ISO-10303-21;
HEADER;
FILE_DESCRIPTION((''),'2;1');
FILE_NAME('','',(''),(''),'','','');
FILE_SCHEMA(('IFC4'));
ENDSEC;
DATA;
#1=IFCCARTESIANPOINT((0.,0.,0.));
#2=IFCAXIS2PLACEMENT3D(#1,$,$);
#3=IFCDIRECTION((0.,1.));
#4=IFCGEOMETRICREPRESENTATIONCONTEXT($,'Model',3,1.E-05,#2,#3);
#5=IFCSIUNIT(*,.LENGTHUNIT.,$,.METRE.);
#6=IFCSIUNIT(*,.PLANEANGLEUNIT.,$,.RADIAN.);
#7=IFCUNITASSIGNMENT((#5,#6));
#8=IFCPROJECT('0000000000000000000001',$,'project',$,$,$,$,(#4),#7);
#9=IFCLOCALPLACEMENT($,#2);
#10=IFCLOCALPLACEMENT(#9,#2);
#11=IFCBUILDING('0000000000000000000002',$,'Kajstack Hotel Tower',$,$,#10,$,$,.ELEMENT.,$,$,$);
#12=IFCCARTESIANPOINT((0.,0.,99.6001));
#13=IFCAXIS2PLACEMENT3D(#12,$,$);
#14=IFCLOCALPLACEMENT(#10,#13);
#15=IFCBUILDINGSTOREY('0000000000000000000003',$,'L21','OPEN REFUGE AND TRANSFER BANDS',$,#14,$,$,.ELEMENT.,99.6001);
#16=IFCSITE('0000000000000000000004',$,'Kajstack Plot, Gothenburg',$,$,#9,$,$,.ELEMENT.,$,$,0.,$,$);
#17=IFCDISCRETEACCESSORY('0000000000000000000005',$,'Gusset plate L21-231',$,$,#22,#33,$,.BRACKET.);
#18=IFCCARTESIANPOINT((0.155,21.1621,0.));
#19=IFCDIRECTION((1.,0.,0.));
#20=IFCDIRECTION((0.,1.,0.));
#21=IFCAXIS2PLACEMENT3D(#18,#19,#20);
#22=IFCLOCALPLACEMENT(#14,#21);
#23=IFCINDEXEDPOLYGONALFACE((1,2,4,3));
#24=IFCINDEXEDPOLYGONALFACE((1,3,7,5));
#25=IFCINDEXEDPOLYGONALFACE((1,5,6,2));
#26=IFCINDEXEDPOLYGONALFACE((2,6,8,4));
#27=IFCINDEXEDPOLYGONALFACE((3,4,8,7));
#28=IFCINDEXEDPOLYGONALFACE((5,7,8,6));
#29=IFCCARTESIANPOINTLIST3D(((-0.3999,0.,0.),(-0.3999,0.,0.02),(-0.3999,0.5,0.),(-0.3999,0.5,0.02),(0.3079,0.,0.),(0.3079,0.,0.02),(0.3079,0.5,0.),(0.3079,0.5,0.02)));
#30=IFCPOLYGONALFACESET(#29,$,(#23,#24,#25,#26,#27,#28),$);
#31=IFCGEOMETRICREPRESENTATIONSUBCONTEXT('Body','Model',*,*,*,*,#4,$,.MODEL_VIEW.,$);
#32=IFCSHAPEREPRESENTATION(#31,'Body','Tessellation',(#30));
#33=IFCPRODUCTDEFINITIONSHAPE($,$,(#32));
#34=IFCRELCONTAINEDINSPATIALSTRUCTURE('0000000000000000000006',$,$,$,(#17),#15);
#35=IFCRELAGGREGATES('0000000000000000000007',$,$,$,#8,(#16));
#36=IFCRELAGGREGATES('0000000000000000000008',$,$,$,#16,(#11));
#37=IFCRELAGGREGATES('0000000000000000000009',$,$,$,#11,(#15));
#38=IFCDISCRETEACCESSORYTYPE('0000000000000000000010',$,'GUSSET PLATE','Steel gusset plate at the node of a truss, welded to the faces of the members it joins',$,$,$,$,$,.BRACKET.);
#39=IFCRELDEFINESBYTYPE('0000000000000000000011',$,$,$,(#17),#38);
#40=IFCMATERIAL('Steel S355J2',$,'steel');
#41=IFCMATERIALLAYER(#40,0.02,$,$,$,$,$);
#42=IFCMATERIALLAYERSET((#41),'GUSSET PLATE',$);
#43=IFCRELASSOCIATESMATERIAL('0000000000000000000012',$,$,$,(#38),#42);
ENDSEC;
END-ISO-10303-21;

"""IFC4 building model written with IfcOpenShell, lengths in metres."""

from ifc_helpers import new_model, si_unit, direction, frame, origin, place, context, subcontext, project, spatial, polyline, outline, extrude, material, layer, layer_set, type_object, element, save


model = new_model("IFC4")

# Units and contexts
model_context = context("Model", 3, precision=1e-05, world=origin(), true_north=direction((0.0, 1.0)))
body_context = subcontext(model_context, "Body", "Model", "MODEL_VIEW")
ifc_project = project(units=[si_unit("LENGTHUNIT", "METRE"), si_unit("PLANEANGLEUNIT", "RADIAN")], contexts=[model_context])

# Site, building, storey
site_placement = place(None, origin())
site = spatial("IfcSite", under=ifc_project, at=site_placement, Name="Kajstack Plot, Gothenburg", CompositionType="ELEMENT", RefElevation=0.0)
building_placement = place(site_placement, origin())
building = spatial("IfcBuilding", under=site, at=building_placement, Name="Kajstack Hotel Tower", CompositionType="ELEMENT")
storey_placement = place(building_placement, frame((0.0, 0.0, 99.6001)))
storey = spatial("IfcBuildingStorey", under=building, at=storey_placement, Name="L21", Description="OPEN REFUGE AND TRANSFER BANDS", CompositionType="ELEMENT", Elevation=99.6001)

# Shared definitions
ifc_material = material(Name="Steel S355J2", Category="steel")

# Discrete accessory
ifc_layer = layer(ifc_material, 0.02)
ifc_layer_set = layer_set([ifc_layer], Name="GUSSET PLATE")
discrete_accessory_type = type_object("IfcDiscreteAccessoryType", Name="GUSSET PLATE", Description="Steel gusset plate at the node of a truss, welded to the faces of the members it joins", PredefinedType="BRACKET", material=ifc_layer_set)
discrete_accessory_1_placement = place(storey_placement, frame((0.155, 21.1621, 0.0), z_axis=(1.0, 0.0, 0.0), x_axis=(0.0, 1.0, 0.0)))
element("IfcDiscreteAccessory", 1, at=discrete_accessory_1_placement, inside=storey, type_object=discrete_accessory_type, Name="Gusset plate L21-231", PredefinedType="BRACKET", context=body_context, shape_type="SweptSolid", body=[
    extrude(outline(polyline([(-0.3999, 0.0), (0.3079, 0.0), (0.3079, 0.5), (-0.3999, 0.5), (-0.3999, 0.0)])), origin(), (0.0, 0.0, 1.0), 0.02),
])

save(model, "model.ifc")
